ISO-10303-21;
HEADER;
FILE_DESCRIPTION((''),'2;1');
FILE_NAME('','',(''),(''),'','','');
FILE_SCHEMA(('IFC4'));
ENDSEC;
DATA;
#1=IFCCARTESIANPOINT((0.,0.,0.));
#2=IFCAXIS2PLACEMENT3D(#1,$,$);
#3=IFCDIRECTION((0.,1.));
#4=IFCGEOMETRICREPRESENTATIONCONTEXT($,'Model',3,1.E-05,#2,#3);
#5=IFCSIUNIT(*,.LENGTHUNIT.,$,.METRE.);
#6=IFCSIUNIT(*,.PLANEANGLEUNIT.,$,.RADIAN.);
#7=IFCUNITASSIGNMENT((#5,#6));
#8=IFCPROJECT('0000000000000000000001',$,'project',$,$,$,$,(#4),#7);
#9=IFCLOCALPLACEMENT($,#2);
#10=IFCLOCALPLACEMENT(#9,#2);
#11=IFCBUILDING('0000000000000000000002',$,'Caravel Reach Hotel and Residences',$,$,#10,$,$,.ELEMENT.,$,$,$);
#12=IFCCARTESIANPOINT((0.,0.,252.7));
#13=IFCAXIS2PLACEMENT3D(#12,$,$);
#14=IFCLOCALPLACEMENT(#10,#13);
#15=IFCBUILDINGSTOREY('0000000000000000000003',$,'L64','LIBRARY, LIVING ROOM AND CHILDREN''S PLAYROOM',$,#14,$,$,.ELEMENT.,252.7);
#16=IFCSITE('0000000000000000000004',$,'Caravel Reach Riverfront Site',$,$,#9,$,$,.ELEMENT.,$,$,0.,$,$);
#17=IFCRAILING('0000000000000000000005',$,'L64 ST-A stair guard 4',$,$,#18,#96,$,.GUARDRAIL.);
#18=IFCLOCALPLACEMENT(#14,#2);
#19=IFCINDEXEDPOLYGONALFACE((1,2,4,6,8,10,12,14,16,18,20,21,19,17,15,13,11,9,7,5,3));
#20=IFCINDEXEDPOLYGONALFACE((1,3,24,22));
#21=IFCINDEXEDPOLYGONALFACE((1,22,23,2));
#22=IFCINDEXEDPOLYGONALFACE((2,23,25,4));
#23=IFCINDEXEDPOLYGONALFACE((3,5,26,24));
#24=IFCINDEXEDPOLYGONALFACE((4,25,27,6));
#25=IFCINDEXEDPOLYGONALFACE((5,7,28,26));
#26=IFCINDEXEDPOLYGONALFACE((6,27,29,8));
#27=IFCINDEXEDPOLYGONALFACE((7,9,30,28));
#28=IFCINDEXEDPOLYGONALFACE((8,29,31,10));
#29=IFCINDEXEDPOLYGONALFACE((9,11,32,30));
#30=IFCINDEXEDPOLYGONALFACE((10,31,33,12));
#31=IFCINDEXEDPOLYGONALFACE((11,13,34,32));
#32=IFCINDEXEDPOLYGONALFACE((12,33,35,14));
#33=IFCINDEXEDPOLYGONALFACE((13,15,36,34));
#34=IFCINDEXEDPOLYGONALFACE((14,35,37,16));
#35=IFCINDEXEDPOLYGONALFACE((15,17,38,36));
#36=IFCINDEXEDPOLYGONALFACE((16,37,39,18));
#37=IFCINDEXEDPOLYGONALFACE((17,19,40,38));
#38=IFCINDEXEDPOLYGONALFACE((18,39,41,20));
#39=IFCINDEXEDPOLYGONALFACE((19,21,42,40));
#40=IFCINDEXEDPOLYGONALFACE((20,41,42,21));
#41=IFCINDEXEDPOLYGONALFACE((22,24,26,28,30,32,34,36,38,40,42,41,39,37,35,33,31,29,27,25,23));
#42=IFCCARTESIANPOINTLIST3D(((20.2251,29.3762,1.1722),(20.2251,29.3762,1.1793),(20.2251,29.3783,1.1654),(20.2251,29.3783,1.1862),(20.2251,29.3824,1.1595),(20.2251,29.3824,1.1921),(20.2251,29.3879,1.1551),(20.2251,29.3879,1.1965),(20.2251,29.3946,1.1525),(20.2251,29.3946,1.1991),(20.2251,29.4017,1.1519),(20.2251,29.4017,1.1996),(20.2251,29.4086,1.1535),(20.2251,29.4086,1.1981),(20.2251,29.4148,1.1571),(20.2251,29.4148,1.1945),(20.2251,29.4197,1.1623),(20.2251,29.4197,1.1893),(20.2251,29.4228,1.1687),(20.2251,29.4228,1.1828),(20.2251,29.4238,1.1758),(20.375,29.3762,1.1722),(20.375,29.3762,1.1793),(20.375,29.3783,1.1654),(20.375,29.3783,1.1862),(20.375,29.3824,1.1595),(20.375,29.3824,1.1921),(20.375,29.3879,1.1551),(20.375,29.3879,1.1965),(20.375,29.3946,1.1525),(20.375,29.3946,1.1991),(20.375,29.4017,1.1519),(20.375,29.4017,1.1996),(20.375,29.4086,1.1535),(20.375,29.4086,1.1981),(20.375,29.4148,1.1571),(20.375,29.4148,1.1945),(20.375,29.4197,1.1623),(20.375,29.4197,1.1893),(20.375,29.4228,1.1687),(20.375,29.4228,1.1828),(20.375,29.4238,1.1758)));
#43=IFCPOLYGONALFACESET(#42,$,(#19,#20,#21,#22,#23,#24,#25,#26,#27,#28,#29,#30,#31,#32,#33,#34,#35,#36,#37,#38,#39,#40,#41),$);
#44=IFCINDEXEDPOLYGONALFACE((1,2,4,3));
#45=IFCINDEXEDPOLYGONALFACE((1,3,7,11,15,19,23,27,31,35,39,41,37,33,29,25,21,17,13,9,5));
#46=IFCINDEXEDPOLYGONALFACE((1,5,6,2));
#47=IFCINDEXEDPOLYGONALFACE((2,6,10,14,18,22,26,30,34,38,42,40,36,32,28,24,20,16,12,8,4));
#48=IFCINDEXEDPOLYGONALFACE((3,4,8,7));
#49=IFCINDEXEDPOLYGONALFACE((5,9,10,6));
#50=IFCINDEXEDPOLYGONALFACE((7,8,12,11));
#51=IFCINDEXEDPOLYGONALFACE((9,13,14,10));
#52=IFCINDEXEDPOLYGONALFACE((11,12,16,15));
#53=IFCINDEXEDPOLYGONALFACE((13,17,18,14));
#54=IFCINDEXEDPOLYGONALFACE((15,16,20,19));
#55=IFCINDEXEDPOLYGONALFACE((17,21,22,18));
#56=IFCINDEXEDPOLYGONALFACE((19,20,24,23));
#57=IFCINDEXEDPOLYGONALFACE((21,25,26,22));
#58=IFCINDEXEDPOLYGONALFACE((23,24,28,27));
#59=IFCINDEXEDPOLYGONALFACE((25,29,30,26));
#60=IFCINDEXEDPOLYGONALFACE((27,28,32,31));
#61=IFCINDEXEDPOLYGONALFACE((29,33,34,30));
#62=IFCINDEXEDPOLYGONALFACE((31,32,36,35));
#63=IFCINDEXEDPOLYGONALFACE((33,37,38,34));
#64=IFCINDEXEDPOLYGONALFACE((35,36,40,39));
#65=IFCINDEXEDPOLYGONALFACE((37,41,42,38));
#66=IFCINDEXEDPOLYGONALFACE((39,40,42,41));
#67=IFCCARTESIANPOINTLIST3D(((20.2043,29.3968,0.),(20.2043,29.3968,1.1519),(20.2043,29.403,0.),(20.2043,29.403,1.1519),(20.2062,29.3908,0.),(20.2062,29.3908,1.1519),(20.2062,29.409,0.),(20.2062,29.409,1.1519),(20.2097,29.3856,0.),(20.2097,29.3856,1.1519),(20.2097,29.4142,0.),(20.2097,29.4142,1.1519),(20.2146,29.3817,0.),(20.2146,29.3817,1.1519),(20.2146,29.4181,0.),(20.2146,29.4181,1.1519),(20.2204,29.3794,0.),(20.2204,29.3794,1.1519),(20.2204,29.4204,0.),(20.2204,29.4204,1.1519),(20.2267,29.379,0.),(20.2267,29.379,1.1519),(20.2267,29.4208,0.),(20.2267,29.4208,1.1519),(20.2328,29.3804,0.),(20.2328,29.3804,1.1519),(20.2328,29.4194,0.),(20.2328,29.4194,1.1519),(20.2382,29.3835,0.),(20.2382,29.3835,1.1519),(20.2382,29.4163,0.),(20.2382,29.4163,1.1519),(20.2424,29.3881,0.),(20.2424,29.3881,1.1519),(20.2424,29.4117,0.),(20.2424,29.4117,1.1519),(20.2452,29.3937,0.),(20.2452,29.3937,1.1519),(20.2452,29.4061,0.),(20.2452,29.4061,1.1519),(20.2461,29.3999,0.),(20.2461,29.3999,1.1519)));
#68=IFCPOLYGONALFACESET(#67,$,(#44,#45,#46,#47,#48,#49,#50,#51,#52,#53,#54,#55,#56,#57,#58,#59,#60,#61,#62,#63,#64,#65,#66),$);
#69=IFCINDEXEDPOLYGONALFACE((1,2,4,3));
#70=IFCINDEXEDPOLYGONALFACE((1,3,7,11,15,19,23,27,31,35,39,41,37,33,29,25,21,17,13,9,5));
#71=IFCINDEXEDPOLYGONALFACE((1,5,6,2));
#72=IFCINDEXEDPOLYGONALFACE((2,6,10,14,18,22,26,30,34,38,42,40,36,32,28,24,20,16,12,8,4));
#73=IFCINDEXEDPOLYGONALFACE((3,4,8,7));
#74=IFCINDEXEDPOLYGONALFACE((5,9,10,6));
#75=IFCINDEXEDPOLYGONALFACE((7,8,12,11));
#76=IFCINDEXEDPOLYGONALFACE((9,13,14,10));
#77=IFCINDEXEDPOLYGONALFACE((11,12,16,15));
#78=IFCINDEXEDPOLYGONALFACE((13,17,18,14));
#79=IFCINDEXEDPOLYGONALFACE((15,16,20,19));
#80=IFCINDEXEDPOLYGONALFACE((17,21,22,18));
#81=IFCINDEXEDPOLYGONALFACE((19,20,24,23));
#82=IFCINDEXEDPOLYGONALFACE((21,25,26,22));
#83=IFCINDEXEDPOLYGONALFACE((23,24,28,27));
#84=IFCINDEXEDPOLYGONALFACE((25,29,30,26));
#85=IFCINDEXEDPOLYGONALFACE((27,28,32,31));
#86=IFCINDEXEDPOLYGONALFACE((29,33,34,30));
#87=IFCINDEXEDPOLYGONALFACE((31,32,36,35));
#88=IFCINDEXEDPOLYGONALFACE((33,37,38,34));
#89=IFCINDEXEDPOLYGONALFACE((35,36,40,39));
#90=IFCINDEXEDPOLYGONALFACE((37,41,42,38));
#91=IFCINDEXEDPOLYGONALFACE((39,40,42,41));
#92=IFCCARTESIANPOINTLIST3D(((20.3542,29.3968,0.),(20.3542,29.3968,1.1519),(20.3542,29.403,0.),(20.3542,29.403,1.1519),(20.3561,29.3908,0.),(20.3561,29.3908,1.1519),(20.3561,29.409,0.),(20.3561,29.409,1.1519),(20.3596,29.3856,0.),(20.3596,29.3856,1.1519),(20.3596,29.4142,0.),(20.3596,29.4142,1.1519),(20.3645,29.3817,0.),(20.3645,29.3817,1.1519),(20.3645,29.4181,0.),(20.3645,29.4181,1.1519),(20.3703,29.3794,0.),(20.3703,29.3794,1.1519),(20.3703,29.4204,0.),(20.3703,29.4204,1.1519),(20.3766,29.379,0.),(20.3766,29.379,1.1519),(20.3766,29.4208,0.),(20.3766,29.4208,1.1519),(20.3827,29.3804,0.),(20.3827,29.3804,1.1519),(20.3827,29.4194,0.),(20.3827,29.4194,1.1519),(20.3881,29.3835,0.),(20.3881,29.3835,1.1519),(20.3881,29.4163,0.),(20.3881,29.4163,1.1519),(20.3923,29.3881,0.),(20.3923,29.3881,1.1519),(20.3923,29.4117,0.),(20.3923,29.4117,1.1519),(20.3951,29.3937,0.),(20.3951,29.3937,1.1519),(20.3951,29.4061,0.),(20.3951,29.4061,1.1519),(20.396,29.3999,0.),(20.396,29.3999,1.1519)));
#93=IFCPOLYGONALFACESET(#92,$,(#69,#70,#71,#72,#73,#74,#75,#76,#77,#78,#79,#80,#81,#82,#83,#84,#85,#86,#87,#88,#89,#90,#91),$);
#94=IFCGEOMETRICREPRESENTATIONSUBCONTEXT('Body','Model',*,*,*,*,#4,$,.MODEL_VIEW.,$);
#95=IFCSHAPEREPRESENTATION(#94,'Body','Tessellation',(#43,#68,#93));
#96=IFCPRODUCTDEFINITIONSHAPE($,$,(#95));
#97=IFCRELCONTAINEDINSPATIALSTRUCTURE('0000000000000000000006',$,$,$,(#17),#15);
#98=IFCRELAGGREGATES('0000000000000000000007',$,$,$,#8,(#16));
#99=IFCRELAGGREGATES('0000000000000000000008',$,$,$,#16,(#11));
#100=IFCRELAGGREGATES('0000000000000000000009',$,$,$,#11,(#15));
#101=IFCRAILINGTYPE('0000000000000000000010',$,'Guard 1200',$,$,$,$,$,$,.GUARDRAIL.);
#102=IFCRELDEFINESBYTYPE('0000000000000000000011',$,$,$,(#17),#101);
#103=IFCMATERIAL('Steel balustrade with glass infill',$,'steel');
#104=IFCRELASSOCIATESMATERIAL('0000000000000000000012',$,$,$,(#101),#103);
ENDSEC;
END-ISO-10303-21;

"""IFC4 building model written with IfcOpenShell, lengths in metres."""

from ifc_helpers import new_model, si_unit, direction, frame, origin, origin_2d, place, context, subcontext, project, spatial, circle, extrude, material, type_object, element, save


model = new_model("IFC4")

# Units and contexts
model_context = context("Model", 3, precision=1e-05, world=origin(), true_north=direction((0.0, 1.0)))
body_context = subcontext(model_context, "Body", "Model", "MODEL_VIEW")
ifc_project = project(units=[si_unit("LENGTHUNIT", "METRE"), si_unit("PLANEANGLEUNIT", "RADIAN")], contexts=[model_context])

# Site, building, storey
site_placement = place(None, origin())
site = spatial("IfcSite", under=ifc_project, at=site_placement, Name="Caravel Reach Riverfront Site", CompositionType="ELEMENT", RefElevation=0.0)
building_placement = place(site_placement, origin())
building = spatial("IfcBuilding", under=site, at=building_placement, Name="Caravel Reach Hotel and Residences", CompositionType="ELEMENT")
storey_placement = place(building_placement, frame((0.0, 0.0, 252.7)))
storey = spatial("IfcBuildingStorey", under=building, at=storey_placement, Name="L64", Description="LIBRARY, LIVING ROOM AND CHILDREN'S PLAYROOM", CompositionType="ELEMENT", Elevation=252.7)

# Railing
ifc_material_1 = material(Name="Steel balustrade with glass infill", Category="steel")
railing_type_1 = type_object("IfcRailingType", Name="Guard 1200", PredefinedType="GUARDRAIL", material=ifc_material_1)
railing_1_placement = place(storey_placement, frame((20.2251, 29.3999, 0.0)))
element("IfcRailing", 1, at=railing_1_placement, inside=storey, type_object=railing_type_1, Name="L64 ST-A stair guard 4", PredefinedType="GUARDRAIL", context=body_context, shape_type="SweptSolid", body=[
    extrude(circle(Radius=0.0239, at=origin_2d()), frame((0.0, 0.0, 1.1758), z_axis=(1.0, 0.0, 0.0), x_axis=(0.0, 1.0, 0.0)), (0.0, 0.0, 1.0), 0.1499),
    extrude(circle(Radius=0.021, at=origin_2d()), origin(), (0.0, 0.0, 1.0), 1.1519),
    extrude(circle(Radius=0.021, at=origin_2d()), frame((0.1499, 0.0, 0.0)), (0.0, 0.0, 1.0), 1.1519),
])

save(model, "model.ifc")
